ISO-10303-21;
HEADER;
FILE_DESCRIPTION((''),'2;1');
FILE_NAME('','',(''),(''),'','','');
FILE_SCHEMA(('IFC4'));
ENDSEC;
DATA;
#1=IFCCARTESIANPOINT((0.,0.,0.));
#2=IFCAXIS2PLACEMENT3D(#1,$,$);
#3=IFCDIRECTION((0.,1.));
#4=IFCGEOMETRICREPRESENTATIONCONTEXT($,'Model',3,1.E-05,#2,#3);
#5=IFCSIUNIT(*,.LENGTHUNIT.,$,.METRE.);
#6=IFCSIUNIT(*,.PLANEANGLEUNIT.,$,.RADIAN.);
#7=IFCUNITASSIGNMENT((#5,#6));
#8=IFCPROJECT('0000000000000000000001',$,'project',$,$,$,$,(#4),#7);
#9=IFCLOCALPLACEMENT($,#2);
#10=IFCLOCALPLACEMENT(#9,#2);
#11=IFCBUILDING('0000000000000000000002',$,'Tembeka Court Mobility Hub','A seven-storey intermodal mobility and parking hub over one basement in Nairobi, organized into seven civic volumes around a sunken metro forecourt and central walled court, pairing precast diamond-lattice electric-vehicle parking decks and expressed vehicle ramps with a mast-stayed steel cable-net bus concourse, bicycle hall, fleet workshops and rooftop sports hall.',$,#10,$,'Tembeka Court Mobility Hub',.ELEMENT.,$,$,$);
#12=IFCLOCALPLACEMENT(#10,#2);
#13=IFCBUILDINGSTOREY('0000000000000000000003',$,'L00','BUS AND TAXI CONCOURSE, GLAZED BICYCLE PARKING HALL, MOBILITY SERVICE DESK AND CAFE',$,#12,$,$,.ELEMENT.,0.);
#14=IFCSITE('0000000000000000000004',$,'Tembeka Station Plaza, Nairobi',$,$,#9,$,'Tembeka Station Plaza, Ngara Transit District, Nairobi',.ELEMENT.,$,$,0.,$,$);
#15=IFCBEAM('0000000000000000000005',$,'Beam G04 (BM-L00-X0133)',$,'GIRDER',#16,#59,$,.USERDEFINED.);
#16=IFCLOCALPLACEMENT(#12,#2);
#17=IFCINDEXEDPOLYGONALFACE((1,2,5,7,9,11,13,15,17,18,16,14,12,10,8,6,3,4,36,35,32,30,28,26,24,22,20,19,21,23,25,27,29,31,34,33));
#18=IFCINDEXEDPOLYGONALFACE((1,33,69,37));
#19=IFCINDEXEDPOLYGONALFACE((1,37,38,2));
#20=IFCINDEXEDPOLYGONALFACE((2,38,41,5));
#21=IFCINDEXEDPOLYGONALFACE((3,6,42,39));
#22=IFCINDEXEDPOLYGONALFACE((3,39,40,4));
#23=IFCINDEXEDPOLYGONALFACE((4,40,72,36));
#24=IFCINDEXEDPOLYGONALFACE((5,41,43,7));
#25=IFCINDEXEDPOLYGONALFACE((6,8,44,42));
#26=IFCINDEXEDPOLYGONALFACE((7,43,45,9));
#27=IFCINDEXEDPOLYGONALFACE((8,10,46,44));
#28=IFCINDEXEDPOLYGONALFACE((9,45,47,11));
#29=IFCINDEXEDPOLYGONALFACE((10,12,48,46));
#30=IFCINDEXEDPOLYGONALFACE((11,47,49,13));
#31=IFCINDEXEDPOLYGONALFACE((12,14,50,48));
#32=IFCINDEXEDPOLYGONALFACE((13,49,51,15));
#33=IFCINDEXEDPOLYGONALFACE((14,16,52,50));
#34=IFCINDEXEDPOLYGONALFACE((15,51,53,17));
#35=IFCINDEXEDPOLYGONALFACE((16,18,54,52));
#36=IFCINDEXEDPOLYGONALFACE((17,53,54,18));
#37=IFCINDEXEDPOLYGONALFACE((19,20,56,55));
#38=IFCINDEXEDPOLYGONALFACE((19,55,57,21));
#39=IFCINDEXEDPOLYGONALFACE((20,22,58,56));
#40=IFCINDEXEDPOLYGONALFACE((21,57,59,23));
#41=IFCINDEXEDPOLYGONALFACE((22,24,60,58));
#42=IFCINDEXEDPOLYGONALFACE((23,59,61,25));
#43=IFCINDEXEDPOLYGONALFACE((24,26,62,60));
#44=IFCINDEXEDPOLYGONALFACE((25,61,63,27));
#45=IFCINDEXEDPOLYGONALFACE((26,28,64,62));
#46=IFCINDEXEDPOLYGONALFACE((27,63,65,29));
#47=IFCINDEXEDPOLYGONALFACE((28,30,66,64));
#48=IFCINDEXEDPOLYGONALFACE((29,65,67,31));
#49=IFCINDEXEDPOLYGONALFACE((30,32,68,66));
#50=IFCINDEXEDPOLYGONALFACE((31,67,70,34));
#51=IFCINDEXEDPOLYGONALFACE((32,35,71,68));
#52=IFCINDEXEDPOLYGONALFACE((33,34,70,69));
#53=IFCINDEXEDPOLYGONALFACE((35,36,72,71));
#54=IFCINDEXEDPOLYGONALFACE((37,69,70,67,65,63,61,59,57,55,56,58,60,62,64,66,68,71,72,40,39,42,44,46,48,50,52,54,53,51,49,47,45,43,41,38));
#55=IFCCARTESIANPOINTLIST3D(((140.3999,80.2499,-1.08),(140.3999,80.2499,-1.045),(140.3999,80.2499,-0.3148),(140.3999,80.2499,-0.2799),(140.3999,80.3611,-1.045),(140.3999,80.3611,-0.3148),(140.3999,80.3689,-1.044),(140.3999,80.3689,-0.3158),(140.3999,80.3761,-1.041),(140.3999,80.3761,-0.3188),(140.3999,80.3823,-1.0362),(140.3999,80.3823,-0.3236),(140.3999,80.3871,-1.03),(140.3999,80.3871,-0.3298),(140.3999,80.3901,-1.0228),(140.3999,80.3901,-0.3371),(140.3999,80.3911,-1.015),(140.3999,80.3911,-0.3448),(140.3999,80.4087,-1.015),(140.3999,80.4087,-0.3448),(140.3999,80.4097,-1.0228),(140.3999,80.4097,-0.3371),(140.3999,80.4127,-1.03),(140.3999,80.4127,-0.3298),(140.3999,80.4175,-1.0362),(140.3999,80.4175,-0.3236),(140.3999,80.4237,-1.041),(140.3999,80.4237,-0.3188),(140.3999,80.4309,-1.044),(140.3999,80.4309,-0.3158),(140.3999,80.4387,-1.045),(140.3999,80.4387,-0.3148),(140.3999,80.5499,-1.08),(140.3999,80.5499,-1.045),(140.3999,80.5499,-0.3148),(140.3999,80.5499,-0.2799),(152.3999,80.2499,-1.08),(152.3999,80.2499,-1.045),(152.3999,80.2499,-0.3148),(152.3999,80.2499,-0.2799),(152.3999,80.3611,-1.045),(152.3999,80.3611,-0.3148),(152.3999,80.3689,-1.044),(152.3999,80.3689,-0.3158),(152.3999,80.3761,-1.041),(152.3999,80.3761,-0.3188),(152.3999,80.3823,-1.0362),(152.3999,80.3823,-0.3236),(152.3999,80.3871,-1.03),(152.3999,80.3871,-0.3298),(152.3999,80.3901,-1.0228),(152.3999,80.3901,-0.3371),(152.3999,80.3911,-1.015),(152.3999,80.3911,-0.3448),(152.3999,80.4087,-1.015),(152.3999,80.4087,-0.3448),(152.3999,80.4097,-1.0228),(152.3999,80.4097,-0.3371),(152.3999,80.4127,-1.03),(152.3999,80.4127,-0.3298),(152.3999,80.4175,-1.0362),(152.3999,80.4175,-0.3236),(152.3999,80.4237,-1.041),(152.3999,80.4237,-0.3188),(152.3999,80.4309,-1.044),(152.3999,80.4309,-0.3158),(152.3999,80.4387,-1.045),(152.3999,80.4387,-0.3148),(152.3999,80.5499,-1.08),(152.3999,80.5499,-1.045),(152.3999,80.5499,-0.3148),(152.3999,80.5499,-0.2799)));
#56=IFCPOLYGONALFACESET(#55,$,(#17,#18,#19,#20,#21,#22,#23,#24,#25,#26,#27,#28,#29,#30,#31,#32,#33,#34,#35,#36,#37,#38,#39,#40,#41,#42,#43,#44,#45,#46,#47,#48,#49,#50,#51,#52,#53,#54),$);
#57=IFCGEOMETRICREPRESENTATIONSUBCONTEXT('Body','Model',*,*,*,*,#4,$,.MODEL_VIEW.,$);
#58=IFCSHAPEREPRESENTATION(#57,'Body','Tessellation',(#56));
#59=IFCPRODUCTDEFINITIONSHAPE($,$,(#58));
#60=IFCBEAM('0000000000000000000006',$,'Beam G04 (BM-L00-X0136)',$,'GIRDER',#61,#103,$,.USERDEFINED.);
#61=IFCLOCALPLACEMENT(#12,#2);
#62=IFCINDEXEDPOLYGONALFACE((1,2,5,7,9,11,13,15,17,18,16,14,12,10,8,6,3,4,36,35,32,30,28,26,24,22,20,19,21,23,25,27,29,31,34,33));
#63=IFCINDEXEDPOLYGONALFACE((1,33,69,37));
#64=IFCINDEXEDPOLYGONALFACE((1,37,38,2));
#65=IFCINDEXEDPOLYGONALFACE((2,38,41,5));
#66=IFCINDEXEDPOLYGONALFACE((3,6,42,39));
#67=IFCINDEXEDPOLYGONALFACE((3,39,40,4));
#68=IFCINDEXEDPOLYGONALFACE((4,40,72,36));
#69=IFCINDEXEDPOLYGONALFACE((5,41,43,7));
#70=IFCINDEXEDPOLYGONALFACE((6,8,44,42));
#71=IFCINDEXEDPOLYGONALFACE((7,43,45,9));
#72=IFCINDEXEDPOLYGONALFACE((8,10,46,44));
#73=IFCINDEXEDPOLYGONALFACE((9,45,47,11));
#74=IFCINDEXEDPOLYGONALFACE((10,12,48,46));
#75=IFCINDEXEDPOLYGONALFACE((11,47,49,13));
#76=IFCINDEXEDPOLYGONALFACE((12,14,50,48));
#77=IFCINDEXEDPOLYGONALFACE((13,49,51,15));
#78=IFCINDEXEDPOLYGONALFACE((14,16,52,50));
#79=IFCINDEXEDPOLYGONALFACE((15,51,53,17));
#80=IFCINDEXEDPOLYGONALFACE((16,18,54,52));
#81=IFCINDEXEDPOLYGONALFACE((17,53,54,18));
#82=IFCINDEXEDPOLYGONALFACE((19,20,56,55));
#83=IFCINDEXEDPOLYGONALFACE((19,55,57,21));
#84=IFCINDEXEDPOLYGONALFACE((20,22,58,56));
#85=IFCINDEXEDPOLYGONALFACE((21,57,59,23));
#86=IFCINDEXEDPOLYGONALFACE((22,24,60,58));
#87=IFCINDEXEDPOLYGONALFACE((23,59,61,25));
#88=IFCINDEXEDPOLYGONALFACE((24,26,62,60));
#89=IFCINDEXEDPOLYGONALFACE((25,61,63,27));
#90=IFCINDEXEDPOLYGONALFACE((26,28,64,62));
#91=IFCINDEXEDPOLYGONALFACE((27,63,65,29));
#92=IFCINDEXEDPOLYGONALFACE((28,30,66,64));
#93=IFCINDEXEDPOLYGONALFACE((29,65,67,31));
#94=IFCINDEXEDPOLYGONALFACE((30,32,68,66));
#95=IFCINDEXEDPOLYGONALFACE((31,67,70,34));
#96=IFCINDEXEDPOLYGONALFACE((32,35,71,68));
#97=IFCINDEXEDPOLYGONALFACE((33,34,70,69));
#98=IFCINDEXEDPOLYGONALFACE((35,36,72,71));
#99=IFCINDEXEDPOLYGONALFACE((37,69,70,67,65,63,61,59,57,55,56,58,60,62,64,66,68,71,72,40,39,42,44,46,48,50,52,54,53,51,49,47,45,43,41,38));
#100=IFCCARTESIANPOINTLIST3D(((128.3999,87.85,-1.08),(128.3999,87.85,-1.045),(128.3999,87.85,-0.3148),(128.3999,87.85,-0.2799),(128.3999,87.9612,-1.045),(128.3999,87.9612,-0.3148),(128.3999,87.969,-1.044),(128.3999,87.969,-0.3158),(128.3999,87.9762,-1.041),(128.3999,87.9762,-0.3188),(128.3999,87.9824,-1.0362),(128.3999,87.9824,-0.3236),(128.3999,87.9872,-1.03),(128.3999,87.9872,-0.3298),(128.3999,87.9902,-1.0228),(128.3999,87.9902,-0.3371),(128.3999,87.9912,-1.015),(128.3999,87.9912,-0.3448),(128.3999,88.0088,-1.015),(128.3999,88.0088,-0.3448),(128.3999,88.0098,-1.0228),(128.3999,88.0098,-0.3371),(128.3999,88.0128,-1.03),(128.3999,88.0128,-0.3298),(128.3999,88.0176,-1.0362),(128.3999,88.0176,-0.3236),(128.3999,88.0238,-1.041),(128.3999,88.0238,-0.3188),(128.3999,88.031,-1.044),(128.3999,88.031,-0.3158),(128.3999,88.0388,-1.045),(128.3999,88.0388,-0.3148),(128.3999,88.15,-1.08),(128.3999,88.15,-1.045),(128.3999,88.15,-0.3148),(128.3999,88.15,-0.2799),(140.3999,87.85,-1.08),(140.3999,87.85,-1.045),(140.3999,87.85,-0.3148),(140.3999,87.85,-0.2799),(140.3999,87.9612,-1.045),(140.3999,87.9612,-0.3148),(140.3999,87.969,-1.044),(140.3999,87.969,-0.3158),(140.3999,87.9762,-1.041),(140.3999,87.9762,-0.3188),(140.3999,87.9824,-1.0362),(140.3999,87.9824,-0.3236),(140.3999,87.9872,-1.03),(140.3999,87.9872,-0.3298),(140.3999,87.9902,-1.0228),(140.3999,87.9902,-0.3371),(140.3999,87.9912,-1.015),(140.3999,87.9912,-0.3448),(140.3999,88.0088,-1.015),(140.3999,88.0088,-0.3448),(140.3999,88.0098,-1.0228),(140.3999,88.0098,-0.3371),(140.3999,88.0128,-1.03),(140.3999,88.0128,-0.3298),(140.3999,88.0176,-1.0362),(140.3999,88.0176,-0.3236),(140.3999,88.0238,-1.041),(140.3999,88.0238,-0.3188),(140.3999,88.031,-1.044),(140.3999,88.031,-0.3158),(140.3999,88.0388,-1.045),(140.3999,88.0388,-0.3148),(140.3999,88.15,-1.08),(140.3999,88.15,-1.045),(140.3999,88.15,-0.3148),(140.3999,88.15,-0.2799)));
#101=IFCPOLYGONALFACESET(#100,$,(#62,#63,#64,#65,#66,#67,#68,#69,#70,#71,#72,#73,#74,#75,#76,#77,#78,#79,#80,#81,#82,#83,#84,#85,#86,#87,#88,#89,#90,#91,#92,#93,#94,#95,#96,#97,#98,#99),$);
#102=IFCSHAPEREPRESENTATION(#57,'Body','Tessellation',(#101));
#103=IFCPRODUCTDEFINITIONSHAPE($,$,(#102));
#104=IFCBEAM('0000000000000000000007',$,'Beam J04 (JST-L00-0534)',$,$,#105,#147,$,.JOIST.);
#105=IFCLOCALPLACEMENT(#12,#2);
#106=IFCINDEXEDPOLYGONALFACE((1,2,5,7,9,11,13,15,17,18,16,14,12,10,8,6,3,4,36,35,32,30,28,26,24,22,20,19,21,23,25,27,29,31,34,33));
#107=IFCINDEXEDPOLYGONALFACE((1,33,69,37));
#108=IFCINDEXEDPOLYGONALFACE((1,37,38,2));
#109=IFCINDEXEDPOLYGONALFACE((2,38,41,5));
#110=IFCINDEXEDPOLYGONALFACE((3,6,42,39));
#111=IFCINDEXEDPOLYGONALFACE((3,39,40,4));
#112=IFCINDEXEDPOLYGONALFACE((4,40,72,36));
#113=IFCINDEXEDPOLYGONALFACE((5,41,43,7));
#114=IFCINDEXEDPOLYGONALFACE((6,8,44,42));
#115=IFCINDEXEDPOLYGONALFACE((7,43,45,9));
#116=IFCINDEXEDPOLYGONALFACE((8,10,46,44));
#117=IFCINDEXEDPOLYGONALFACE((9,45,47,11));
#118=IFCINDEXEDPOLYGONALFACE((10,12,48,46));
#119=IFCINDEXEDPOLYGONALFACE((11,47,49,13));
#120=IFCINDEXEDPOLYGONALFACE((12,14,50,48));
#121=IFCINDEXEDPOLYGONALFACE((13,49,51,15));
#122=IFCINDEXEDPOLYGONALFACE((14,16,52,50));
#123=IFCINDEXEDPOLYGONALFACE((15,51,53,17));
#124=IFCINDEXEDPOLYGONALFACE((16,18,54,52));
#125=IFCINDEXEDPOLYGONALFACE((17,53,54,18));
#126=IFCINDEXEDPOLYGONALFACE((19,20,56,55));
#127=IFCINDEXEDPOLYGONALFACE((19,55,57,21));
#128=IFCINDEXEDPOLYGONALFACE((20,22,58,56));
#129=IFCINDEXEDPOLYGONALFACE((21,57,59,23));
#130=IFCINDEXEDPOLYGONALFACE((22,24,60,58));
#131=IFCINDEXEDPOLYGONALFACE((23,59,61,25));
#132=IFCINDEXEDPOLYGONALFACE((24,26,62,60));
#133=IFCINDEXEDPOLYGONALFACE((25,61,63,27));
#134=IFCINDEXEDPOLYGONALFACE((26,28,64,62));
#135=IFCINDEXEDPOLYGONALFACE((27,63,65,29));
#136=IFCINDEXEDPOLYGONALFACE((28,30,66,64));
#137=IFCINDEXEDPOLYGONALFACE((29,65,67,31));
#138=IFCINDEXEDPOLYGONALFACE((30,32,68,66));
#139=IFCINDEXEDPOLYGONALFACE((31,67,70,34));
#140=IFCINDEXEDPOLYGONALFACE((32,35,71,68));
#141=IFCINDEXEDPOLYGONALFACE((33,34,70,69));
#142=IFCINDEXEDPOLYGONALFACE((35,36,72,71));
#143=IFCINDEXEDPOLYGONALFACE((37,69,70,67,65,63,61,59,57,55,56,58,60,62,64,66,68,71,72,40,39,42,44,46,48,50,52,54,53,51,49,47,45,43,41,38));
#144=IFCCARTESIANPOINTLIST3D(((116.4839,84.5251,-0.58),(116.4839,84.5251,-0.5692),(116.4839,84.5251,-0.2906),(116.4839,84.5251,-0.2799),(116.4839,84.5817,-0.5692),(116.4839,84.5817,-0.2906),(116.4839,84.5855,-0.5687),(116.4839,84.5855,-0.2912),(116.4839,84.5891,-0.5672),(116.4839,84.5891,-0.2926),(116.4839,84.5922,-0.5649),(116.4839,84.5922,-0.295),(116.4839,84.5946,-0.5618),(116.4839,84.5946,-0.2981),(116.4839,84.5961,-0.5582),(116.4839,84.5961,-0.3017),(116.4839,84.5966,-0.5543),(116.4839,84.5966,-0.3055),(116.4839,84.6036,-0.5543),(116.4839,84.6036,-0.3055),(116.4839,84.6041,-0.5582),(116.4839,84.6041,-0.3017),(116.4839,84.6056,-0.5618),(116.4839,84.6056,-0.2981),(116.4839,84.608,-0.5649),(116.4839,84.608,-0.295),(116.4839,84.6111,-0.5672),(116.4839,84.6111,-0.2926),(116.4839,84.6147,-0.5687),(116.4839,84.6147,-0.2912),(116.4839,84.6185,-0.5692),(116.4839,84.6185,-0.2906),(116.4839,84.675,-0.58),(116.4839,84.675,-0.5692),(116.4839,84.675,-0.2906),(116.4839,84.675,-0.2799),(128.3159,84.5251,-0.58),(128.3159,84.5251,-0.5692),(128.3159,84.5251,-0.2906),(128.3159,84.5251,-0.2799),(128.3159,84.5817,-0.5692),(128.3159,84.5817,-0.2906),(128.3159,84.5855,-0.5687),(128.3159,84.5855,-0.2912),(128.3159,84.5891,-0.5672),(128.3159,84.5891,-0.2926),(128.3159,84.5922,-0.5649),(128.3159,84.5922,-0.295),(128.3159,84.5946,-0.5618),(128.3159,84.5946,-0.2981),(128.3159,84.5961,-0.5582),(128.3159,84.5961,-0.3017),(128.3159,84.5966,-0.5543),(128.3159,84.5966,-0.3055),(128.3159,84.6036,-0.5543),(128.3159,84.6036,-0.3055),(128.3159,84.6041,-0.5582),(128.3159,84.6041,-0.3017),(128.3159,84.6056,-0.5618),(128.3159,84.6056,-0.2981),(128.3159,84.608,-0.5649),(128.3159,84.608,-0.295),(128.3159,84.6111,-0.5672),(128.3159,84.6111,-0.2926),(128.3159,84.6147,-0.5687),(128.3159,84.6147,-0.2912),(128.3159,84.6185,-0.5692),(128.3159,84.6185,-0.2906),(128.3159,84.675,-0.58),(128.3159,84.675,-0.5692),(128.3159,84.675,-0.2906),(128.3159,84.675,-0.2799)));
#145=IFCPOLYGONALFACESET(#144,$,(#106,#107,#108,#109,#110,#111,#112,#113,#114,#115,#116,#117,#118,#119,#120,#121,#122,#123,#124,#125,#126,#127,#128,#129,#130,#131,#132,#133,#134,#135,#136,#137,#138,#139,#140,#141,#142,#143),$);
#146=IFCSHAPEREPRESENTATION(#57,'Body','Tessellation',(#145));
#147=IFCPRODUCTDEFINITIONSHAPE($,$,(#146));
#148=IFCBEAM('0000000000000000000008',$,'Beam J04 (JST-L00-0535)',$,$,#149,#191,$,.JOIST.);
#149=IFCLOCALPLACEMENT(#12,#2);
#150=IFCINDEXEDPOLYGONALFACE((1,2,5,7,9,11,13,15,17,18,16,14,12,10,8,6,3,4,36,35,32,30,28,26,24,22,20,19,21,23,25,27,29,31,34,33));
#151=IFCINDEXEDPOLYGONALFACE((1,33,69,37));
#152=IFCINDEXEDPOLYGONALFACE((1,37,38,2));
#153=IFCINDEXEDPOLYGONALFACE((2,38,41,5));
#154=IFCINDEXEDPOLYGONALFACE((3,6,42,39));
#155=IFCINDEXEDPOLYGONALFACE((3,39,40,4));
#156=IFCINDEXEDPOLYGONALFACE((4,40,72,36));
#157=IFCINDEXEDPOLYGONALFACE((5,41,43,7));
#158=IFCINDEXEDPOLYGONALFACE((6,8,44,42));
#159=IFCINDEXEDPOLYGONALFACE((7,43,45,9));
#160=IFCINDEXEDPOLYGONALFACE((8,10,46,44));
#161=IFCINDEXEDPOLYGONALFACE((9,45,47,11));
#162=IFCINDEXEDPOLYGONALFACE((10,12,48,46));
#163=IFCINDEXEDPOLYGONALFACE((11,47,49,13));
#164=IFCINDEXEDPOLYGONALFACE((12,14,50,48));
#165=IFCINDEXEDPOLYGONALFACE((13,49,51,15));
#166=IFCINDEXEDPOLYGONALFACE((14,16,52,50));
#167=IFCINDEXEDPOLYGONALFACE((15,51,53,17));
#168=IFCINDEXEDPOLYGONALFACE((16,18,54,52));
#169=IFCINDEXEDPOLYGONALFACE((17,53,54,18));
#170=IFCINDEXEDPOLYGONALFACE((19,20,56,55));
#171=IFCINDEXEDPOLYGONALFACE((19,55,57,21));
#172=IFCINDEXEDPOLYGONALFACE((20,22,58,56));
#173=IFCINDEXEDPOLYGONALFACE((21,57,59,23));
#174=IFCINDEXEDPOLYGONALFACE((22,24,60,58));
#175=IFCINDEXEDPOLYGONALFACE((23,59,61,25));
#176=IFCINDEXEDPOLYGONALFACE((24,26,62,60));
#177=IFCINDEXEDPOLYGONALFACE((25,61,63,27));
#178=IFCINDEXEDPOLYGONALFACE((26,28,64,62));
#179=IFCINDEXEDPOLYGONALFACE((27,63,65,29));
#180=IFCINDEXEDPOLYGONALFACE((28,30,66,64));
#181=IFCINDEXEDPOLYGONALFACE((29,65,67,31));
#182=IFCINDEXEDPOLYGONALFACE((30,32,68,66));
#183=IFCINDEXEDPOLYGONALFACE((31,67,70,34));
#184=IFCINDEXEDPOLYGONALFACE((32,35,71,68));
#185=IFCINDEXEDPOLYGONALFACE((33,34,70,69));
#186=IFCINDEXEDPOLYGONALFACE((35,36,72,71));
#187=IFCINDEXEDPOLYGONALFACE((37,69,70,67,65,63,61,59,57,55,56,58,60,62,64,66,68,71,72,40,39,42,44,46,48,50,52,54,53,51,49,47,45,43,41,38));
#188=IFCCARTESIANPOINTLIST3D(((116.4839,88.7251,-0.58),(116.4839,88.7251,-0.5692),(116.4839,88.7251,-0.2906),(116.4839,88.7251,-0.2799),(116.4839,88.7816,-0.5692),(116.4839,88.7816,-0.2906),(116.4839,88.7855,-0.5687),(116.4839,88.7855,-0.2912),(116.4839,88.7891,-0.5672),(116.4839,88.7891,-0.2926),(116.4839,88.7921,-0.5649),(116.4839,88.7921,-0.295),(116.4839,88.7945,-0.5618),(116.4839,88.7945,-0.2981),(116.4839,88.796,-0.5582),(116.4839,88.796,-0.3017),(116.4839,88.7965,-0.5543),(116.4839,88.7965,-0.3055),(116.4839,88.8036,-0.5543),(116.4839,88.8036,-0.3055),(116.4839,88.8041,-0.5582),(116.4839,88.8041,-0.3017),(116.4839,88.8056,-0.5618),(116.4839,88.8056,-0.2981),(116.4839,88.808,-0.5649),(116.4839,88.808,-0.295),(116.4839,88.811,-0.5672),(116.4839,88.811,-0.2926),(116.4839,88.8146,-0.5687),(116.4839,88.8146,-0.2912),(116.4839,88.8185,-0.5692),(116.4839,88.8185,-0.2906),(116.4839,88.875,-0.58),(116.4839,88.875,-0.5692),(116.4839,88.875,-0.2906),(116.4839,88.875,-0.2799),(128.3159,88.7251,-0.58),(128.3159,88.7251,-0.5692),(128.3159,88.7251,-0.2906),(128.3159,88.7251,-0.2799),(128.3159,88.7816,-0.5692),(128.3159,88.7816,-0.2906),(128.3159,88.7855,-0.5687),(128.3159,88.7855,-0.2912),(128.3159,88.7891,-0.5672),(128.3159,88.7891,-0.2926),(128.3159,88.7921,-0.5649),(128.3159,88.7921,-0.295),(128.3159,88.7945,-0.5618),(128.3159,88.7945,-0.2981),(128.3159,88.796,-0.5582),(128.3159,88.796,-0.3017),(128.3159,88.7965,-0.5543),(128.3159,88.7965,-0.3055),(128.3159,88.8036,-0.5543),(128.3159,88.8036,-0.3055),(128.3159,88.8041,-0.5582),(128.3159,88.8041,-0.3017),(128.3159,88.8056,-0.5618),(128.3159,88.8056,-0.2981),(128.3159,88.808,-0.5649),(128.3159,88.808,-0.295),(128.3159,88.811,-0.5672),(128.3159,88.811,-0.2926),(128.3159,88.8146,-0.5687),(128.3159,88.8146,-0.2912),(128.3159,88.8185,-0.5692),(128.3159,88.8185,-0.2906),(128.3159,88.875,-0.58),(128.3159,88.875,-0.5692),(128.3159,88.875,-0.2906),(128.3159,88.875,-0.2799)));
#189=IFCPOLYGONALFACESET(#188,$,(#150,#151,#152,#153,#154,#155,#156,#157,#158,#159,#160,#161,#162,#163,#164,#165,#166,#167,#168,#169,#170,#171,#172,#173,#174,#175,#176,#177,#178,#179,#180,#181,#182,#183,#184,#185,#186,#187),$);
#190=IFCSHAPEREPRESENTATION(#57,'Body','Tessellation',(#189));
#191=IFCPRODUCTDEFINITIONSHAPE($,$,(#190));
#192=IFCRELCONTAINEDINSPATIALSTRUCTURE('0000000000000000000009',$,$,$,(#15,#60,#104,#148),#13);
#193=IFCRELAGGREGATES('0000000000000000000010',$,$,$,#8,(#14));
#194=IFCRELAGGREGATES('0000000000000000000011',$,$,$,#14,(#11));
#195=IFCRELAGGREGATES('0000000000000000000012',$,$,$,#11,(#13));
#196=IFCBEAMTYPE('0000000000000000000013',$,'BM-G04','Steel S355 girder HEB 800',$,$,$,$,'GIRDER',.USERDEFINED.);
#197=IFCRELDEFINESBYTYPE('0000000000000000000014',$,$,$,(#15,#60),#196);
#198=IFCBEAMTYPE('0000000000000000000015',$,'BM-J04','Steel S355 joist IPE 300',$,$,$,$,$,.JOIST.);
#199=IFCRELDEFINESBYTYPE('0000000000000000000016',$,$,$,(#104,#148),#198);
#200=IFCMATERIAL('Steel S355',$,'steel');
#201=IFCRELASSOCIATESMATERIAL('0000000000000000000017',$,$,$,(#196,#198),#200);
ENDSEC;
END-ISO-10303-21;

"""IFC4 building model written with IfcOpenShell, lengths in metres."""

from ifc_helpers import new_model, si_unit, direction, frame, origin, origin_2d, place, context, subcontext, project, spatial, i_section, extrude, material, material_profile, profile_set, type_object, element, save


model = new_model("IFC4")

# Units and contexts
model_context = context("Model", 3, precision=1e-05, world=origin(), true_north=direction((0.0, 1.0)))
body_context = subcontext(model_context, "Body", "Model", "MODEL_VIEW")
ifc_project = project(units=[si_unit("LENGTHUNIT", "METRE"), si_unit("PLANEANGLEUNIT", "RADIAN")], contexts=[model_context])

# Site, building, storey
site_placement = place(None, origin())
site = spatial("IfcSite", under=ifc_project, at=site_placement, Name="Tembeka Station Plaza, Nairobi", LongName="Tembeka Station Plaza, Ngara Transit District, Nairobi", CompositionType="ELEMENT", RefElevation=0.0)
building_placement = place(site_placement, origin())
building = spatial("IfcBuilding", under=site, at=building_placement, Name="Tembeka Court Mobility Hub", Description="A seven-storey intermodal mobility and parking hub over one basement in Nairobi, organized into seven civic volumes around a sunken metro forecourt and central walled court, pairing precast diamond-lattice electric-vehicle parking decks and expressed vehicle ramps with a mast-stayed steel cable-net bus concourse, bicycle hall, fleet workshops and rooftop sports hall.", LongName="Tembeka Court Mobility Hub", CompositionType="ELEMENT")
storey_placement = place(building_placement, origin())
storey = spatial("IfcBuildingStorey", under=building, at=storey_placement, Name="L00", Description="BUS AND TAXI CONCOURSE, GLAZED BICYCLE PARKING HALL, MOBILITY SERVICE DESK AND CAFE", CompositionType="ELEMENT", Elevation=0.0)

# Shared definitions
ifc_material_1 = material(Name="Steel S355", Category="steel")

# Beams
ifc_material_profile_1 = material_profile(ifc_material_1, i_section(OverallWidth=0.3, OverallDepth=0.8, WebThickness=0.0176, FlangeThickness=0.0349, FilletRadius=0.03, at=origin_2d()), Name="HEB 800")
ifc_profile_set_1 = profile_set([ifc_material_profile_1], Name="Steel S355")
beam_type_1 = type_object("IfcBeamType", Name="BM-G04", Description="Steel S355 girder HEB 800", ElementType="GIRDER", PredefinedType="USERDEFINED", material=ifc_profile_set_1)
for number, where, z_axis, x_axis, name in (
    (1, (140.3999, 80.3999, -0.6799), (1.0, 0.0, 0.0), (0.0, 1.0, 0.0), "Beam G04 (BM-L00-X0133)"),
    (2, (128.3999, 88.0, -0.6799), (1.0, 0.0, 0.0), (0.0, 1.0, 0.0), "Beam G04 (BM-L00-X0136)"),
):
    element("IfcBeam", number, at=place(storey_placement, frame(where, z_axis=z_axis, x_axis=x_axis)), inside=storey, type_object=beam_type_1, Name=name, ObjectType="GIRDER", PredefinedType="USERDEFINED", context=body_context, shape_type="SweptSolid", body=[
        extrude(i_section(OverallWidth=0.3, OverallDepth=0.8, WebThickness=0.0176, FlangeThickness=0.0349, FilletRadius=0.03, at=origin_2d()), origin(), (0.0, 0.0, 1.0), 12.0),
    ])
ifc_material_profile_2 = material_profile(ifc_material_1, i_section(OverallWidth=0.1499, OverallDepth=0.3, WebThickness=0.0071, FlangeThickness=0.0107, FilletRadius=0.0149, at=origin_2d()), Name="IPE 300")
ifc_profile_set_2 = profile_set([ifc_material_profile_2], Name="Steel S355")
beam_type_2 = type_object("IfcBeamType", Name="BM-J04", Description="Steel S355 joist IPE 300", PredefinedType="JOIST", material=ifc_profile_set_2)
for number, where, z_axis, x_axis, name in (
    (3, (116.4839, 84.6001, -0.4299), (1.0, 0.0, 0.0), (0.0, 1.0, 0.0), "Beam J04 (JST-L00-0534)"),
    (4, (116.4839, 88.8, -0.4299), (1.0, 0.0, 0.0), (0.0, 1.0, 0.0), "Beam J04 (JST-L00-0535)"),
):
    element("IfcBeam", number, at=place(storey_placement, frame(where, z_axis=z_axis, x_axis=x_axis)), inside=storey, type_object=beam_type_2, Name=name, PredefinedType="JOIST", context=body_context, shape_type="SweptSolid", body=[
        extrude(i_section(OverallWidth=0.1499, OverallDepth=0.3, WebThickness=0.0071, FlangeThickness=0.0107, FilletRadius=0.0149, at=origin_2d()), origin(), (0.0, 0.0, 1.0), 11.832),
    ])

save(model, "model.ifc")
